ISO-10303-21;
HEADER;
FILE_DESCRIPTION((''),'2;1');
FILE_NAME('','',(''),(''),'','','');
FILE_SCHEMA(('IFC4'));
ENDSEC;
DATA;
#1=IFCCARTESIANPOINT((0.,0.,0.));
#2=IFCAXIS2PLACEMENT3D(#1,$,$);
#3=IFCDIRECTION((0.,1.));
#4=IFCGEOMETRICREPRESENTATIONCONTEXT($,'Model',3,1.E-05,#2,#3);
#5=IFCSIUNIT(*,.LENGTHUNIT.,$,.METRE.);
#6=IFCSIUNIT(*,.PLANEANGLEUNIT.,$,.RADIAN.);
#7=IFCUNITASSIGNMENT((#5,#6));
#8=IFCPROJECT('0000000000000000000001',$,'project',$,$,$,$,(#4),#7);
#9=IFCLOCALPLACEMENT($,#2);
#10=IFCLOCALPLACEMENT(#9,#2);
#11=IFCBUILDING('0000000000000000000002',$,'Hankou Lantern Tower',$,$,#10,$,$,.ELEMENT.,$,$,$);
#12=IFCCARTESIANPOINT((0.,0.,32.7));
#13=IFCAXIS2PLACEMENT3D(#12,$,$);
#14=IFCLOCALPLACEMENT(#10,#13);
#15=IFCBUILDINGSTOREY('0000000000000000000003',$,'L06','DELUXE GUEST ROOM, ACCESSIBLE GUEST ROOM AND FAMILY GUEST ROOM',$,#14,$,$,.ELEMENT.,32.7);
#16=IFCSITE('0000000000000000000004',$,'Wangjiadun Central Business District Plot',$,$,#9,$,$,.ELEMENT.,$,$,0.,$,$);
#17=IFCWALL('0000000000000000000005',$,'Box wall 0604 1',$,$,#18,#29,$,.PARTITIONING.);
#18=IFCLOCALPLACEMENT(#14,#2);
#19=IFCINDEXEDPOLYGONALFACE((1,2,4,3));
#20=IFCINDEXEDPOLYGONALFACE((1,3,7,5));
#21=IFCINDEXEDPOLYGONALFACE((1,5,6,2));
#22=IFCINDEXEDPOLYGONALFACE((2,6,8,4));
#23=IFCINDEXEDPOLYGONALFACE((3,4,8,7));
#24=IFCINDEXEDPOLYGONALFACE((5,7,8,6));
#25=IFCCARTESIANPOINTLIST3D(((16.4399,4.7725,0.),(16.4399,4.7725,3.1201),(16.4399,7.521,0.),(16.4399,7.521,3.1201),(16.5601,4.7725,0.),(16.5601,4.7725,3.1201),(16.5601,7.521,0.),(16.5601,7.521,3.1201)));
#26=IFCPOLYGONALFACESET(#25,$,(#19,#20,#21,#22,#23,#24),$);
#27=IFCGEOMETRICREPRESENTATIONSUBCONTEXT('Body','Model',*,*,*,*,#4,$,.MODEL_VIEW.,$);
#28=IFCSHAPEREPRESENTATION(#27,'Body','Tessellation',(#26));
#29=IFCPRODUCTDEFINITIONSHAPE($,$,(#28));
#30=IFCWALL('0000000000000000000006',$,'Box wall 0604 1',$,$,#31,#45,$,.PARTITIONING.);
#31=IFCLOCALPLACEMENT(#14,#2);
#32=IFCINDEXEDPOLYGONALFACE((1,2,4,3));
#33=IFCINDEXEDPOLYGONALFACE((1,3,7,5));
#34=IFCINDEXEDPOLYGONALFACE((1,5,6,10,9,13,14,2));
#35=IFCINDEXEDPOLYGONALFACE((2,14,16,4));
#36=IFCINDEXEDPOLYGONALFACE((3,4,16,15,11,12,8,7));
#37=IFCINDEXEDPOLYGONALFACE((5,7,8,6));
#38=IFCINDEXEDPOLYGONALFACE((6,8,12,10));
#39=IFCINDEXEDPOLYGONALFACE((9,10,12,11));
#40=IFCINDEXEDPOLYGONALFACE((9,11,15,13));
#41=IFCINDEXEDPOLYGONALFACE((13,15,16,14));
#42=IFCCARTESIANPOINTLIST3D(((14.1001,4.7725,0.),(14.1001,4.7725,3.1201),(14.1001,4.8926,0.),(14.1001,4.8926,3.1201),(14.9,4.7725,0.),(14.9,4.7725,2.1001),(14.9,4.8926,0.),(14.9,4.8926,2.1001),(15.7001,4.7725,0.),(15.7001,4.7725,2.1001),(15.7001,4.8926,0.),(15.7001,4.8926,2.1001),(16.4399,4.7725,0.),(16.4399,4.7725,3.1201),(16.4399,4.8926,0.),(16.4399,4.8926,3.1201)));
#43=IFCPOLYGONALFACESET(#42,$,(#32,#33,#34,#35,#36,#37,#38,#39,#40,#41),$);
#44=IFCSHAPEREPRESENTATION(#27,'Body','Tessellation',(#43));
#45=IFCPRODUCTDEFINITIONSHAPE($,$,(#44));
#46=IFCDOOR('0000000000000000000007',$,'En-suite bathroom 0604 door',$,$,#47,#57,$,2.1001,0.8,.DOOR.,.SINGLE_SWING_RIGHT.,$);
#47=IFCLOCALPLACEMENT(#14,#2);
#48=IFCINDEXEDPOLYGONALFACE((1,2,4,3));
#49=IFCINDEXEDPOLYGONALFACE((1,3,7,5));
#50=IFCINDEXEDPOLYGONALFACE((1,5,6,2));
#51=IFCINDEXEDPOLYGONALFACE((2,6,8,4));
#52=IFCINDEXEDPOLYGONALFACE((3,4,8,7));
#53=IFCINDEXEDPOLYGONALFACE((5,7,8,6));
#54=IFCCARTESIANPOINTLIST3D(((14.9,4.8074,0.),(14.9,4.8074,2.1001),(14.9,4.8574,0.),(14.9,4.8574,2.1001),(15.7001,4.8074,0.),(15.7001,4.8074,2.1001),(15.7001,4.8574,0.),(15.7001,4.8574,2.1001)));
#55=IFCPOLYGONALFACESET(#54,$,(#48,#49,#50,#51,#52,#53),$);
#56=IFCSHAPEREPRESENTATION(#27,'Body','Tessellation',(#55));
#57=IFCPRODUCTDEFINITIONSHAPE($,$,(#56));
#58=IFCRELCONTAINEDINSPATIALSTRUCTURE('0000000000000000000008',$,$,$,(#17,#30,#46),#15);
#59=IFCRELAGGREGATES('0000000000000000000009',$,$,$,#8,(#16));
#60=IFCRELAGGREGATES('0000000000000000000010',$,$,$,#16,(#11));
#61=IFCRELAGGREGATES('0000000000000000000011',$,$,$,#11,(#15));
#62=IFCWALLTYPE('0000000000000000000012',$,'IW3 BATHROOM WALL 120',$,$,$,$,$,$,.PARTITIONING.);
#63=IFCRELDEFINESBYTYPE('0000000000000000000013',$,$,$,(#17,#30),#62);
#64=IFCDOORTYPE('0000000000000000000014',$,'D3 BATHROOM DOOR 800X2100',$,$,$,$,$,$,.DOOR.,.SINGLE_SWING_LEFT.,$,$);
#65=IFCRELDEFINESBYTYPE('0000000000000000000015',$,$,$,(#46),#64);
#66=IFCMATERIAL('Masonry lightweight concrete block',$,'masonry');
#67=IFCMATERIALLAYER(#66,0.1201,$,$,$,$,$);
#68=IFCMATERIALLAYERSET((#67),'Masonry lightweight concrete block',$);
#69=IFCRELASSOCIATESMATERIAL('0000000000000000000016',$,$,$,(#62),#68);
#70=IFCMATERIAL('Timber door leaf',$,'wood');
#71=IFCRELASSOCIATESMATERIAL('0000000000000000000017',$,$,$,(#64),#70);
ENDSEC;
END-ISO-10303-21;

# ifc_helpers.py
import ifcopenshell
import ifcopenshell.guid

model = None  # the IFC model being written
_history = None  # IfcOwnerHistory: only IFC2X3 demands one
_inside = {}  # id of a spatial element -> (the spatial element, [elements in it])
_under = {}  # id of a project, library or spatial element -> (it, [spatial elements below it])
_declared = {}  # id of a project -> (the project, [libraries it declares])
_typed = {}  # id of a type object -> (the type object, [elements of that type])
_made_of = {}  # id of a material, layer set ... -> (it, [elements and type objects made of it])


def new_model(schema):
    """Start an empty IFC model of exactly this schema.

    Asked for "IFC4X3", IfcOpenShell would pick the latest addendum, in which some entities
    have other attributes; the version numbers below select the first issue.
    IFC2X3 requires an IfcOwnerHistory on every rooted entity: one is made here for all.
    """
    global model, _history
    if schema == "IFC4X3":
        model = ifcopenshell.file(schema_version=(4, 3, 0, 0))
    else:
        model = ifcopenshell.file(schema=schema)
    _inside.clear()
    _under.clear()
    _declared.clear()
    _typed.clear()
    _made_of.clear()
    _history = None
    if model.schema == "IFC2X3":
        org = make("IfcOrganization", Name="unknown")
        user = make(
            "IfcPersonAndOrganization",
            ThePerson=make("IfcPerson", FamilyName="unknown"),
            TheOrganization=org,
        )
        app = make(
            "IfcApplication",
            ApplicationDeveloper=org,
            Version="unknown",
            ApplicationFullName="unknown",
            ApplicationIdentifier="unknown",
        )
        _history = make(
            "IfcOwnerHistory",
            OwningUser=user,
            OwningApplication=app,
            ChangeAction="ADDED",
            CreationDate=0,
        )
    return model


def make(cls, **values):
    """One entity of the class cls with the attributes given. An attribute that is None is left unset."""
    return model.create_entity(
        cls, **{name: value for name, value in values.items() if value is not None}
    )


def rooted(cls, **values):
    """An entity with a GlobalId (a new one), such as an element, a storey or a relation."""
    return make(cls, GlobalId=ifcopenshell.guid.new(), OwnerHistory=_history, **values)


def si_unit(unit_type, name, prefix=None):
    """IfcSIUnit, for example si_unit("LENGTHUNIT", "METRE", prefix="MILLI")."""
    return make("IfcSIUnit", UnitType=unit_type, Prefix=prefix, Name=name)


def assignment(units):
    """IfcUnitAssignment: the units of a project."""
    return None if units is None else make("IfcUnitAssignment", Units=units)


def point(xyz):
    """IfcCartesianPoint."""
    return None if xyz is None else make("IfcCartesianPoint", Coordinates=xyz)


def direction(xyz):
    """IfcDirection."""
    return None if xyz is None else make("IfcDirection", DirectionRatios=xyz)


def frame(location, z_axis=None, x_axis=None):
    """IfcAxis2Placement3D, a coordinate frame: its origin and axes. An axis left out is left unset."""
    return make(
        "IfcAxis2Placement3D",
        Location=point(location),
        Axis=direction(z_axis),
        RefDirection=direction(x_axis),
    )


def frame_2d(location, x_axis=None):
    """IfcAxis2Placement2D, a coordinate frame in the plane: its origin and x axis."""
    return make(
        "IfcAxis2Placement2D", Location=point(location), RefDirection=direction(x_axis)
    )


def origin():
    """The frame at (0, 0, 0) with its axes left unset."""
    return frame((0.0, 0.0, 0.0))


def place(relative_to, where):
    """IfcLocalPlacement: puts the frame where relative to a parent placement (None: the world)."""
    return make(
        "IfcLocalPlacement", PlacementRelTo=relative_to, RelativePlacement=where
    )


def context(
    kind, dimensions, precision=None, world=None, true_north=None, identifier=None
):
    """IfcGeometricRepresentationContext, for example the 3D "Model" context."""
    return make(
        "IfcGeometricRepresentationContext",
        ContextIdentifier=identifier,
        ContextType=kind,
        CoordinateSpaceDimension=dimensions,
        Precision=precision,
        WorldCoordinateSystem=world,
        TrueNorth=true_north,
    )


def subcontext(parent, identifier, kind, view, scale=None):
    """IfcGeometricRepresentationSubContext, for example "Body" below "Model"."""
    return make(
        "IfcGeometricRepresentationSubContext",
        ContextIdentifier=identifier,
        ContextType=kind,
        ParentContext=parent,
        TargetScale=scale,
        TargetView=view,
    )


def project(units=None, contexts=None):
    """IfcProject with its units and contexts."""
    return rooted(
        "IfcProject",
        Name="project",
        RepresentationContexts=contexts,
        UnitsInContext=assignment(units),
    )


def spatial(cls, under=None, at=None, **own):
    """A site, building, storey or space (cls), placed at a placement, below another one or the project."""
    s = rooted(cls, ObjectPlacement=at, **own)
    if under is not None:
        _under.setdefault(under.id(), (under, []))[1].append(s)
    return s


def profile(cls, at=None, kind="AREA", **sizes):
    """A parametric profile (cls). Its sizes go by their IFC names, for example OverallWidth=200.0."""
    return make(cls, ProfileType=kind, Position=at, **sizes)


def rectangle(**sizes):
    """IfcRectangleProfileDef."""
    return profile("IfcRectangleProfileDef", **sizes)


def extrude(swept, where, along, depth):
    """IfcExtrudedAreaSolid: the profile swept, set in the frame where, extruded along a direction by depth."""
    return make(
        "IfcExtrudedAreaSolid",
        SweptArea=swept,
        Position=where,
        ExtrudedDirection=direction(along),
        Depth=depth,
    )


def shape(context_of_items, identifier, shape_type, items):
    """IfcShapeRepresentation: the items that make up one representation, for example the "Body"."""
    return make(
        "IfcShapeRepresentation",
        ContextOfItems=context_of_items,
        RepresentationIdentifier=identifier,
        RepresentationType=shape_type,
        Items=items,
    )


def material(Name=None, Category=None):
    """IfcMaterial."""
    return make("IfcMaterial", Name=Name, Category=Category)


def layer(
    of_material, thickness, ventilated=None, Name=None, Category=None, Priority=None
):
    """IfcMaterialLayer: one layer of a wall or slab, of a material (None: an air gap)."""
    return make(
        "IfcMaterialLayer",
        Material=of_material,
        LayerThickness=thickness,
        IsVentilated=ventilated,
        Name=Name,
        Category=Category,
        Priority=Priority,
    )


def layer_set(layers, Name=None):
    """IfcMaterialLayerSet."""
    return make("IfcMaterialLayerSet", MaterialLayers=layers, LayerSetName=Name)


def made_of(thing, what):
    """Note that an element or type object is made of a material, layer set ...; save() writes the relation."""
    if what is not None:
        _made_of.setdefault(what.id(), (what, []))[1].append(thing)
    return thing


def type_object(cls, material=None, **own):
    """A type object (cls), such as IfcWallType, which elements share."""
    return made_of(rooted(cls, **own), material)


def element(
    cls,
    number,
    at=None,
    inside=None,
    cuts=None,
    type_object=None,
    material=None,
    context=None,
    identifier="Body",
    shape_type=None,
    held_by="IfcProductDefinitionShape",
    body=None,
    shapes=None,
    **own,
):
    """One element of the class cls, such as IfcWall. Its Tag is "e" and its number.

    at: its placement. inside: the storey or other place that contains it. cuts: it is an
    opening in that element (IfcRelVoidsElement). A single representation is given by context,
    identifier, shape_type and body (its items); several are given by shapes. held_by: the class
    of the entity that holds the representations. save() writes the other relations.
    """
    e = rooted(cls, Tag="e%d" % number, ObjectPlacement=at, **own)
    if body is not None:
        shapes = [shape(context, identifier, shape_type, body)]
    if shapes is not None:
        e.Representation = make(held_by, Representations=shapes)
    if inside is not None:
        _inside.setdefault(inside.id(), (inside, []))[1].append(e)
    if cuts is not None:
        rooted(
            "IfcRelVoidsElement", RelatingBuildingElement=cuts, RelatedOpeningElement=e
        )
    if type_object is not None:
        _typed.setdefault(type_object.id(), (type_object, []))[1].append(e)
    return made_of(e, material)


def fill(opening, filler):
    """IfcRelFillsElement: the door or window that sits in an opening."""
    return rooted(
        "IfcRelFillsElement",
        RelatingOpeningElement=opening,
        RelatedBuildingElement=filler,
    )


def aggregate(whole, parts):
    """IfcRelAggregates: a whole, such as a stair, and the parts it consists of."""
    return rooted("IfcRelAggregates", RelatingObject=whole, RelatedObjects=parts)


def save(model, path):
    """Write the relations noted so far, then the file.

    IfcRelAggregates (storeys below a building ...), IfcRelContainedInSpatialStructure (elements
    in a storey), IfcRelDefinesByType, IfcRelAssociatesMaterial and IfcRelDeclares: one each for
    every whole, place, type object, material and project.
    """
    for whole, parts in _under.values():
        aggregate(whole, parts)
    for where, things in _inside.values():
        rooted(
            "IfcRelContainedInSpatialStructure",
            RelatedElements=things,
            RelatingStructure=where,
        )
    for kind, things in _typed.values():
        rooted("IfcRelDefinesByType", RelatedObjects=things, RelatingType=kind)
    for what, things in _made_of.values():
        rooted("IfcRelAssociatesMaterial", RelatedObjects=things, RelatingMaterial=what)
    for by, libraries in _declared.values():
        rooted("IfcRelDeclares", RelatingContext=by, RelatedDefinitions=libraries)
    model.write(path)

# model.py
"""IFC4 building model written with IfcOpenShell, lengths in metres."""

from ifc_helpers import new_model, si_unit, direction, frame, frame_2d, origin, place, context, subcontext, project, spatial, rectangle, extrude, material, layer, layer_set, type_object, element, fill, save


model = new_model("IFC4")

# Units and contexts
model_context = context("Model", 3, precision=1e-05, world=origin(), true_north=direction((0.0, 1.0)))
body_context = subcontext(model_context, "Body", "Model", "MODEL_VIEW")
ifc_project = project(units=[si_unit("LENGTHUNIT", "METRE"), si_unit("PLANEANGLEUNIT", "RADIAN")], contexts=[model_context])

# Site, building, storey
site_placement = place(None, origin())
site = spatial("IfcSite", under=ifc_project, at=site_placement, Name="Wangjiadun Central Business District Plot", CompositionType="ELEMENT", RefElevation=0.0)
building_placement = place(site_placement, origin())
building = spatial("IfcBuilding", under=site, at=building_placement, Name="Hankou Lantern Tower", CompositionType="ELEMENT")
storey_placement = place(building_placement, frame((0.0, 0.0, 32.7)))
storey = spatial("IfcBuildingStorey", under=building, at=storey_placement, Name="L06", Description="DELUXE GUEST ROOM, ACCESSIBLE GUEST ROOM AND FAMILY GUEST ROOM", CompositionType="ELEMENT", Elevation=32.7)

# Shared definitions
ifc_material_1 = material(Name="Masonry lightweight concrete block", Category="masonry")
ifc_layer_1 = layer(ifc_material_1, 0.1201)
ifc_layer_set_1 = layer_set([ifc_layer_1], Name="Masonry lightweight concrete block")
wall_type_1 = type_object("IfcWallType", Name="IW3 BATHROOM WALL 120", PredefinedType="PARTITIONING", material=ifc_layer_set_1)

# Wall
wall_1_placement = place(storey_placement, frame((16.5, 7.521, 0.0), z_axis=(0.0, 0.0, 1.0), x_axis=(0.0, -1.0, 0.0)))
element("IfcWall", 1, at=wall_1_placement, inside=storey, type_object=wall_type_1, Name="Box wall 0604 1", PredefinedType="PARTITIONING", context=body_context, shape_type="SweptSolid", body=[
    extrude(rectangle(XDim=2.7485, YDim=0.1201, at=frame_2d((1.3743, 0.0))), origin(), (0.0, 0.0, 1.0), 3.1201),
])

# Wall, opening, door
wall_2_placement = place(storey_placement, frame((14.1001, 4.8325, 0.0), z_axis=(0.0, 0.0, 1.0), x_axis=(1.0, 0.0, 0.0)))
wall_2 = element("IfcWall", 2, at=wall_2_placement, inside=storey, type_object=wall_type_1, Name="Box wall 0604 1", PredefinedType="PARTITIONING", context=body_context, shape_type="SweptSolid", body=[
    extrude(rectangle(XDim=2.3398, YDim=0.1201, at=frame_2d((1.1699, 0.0))), origin(), (0.0, 0.0, 1.0), 3.1201),
])
opening_1_placement = place(wall_2_placement, frame((0.8, 0.0, 0.0)))
opening_1 = element("IfcOpeningElement", 3, at=opening_1_placement, cuts=wall_2, PredefinedType="OPENING", context=body_context, shape_type="SweptSolid", body=[
    extrude(rectangle(XDim=0.8, YDim=2.1001, at=frame_2d((0.3999, 1.05))), frame((0.0, 0.0701, 0.0), z_axis=(0.0, -1.0, 0.0), x_axis=(1.0, 0.0, 0.0)), (0.0, 0.0, 1.0), 0.1401),
])
ifc_material_2 = material(Name="Timber door leaf", Category="wood")
door_type_1 = type_object("IfcDoorType", Name="D3 BATHROOM DOOR 800X2100", OperationType="SINGLE_SWING_LEFT", PredefinedType="DOOR", material=ifc_material_2)
door_1_placement = place(opening_1_placement, origin())
door_1 = element("IfcDoor", 4, at=door_1_placement, inside=storey, type_object=door_type_1, Name="En-suite bathroom 0604 door", OperationType="SINGLE_SWING_RIGHT", OverallHeight=2.1001, OverallWidth=0.8, PredefinedType="DOOR", context=body_context, shape_type="SweptSolid", body=[
    extrude(rectangle(XDim=0.8, YDim=2.1001, at=frame_2d((0.3999, 1.05))), frame((0.0, 0.0249, 0.0), z_axis=(0.0, -1.0, 0.0), x_axis=(1.0, 0.0, 0.0)), (0.0, 0.0, 1.0), 0.05),
])
fill(opening_1, door_1)

save(model, "model.ifc")
